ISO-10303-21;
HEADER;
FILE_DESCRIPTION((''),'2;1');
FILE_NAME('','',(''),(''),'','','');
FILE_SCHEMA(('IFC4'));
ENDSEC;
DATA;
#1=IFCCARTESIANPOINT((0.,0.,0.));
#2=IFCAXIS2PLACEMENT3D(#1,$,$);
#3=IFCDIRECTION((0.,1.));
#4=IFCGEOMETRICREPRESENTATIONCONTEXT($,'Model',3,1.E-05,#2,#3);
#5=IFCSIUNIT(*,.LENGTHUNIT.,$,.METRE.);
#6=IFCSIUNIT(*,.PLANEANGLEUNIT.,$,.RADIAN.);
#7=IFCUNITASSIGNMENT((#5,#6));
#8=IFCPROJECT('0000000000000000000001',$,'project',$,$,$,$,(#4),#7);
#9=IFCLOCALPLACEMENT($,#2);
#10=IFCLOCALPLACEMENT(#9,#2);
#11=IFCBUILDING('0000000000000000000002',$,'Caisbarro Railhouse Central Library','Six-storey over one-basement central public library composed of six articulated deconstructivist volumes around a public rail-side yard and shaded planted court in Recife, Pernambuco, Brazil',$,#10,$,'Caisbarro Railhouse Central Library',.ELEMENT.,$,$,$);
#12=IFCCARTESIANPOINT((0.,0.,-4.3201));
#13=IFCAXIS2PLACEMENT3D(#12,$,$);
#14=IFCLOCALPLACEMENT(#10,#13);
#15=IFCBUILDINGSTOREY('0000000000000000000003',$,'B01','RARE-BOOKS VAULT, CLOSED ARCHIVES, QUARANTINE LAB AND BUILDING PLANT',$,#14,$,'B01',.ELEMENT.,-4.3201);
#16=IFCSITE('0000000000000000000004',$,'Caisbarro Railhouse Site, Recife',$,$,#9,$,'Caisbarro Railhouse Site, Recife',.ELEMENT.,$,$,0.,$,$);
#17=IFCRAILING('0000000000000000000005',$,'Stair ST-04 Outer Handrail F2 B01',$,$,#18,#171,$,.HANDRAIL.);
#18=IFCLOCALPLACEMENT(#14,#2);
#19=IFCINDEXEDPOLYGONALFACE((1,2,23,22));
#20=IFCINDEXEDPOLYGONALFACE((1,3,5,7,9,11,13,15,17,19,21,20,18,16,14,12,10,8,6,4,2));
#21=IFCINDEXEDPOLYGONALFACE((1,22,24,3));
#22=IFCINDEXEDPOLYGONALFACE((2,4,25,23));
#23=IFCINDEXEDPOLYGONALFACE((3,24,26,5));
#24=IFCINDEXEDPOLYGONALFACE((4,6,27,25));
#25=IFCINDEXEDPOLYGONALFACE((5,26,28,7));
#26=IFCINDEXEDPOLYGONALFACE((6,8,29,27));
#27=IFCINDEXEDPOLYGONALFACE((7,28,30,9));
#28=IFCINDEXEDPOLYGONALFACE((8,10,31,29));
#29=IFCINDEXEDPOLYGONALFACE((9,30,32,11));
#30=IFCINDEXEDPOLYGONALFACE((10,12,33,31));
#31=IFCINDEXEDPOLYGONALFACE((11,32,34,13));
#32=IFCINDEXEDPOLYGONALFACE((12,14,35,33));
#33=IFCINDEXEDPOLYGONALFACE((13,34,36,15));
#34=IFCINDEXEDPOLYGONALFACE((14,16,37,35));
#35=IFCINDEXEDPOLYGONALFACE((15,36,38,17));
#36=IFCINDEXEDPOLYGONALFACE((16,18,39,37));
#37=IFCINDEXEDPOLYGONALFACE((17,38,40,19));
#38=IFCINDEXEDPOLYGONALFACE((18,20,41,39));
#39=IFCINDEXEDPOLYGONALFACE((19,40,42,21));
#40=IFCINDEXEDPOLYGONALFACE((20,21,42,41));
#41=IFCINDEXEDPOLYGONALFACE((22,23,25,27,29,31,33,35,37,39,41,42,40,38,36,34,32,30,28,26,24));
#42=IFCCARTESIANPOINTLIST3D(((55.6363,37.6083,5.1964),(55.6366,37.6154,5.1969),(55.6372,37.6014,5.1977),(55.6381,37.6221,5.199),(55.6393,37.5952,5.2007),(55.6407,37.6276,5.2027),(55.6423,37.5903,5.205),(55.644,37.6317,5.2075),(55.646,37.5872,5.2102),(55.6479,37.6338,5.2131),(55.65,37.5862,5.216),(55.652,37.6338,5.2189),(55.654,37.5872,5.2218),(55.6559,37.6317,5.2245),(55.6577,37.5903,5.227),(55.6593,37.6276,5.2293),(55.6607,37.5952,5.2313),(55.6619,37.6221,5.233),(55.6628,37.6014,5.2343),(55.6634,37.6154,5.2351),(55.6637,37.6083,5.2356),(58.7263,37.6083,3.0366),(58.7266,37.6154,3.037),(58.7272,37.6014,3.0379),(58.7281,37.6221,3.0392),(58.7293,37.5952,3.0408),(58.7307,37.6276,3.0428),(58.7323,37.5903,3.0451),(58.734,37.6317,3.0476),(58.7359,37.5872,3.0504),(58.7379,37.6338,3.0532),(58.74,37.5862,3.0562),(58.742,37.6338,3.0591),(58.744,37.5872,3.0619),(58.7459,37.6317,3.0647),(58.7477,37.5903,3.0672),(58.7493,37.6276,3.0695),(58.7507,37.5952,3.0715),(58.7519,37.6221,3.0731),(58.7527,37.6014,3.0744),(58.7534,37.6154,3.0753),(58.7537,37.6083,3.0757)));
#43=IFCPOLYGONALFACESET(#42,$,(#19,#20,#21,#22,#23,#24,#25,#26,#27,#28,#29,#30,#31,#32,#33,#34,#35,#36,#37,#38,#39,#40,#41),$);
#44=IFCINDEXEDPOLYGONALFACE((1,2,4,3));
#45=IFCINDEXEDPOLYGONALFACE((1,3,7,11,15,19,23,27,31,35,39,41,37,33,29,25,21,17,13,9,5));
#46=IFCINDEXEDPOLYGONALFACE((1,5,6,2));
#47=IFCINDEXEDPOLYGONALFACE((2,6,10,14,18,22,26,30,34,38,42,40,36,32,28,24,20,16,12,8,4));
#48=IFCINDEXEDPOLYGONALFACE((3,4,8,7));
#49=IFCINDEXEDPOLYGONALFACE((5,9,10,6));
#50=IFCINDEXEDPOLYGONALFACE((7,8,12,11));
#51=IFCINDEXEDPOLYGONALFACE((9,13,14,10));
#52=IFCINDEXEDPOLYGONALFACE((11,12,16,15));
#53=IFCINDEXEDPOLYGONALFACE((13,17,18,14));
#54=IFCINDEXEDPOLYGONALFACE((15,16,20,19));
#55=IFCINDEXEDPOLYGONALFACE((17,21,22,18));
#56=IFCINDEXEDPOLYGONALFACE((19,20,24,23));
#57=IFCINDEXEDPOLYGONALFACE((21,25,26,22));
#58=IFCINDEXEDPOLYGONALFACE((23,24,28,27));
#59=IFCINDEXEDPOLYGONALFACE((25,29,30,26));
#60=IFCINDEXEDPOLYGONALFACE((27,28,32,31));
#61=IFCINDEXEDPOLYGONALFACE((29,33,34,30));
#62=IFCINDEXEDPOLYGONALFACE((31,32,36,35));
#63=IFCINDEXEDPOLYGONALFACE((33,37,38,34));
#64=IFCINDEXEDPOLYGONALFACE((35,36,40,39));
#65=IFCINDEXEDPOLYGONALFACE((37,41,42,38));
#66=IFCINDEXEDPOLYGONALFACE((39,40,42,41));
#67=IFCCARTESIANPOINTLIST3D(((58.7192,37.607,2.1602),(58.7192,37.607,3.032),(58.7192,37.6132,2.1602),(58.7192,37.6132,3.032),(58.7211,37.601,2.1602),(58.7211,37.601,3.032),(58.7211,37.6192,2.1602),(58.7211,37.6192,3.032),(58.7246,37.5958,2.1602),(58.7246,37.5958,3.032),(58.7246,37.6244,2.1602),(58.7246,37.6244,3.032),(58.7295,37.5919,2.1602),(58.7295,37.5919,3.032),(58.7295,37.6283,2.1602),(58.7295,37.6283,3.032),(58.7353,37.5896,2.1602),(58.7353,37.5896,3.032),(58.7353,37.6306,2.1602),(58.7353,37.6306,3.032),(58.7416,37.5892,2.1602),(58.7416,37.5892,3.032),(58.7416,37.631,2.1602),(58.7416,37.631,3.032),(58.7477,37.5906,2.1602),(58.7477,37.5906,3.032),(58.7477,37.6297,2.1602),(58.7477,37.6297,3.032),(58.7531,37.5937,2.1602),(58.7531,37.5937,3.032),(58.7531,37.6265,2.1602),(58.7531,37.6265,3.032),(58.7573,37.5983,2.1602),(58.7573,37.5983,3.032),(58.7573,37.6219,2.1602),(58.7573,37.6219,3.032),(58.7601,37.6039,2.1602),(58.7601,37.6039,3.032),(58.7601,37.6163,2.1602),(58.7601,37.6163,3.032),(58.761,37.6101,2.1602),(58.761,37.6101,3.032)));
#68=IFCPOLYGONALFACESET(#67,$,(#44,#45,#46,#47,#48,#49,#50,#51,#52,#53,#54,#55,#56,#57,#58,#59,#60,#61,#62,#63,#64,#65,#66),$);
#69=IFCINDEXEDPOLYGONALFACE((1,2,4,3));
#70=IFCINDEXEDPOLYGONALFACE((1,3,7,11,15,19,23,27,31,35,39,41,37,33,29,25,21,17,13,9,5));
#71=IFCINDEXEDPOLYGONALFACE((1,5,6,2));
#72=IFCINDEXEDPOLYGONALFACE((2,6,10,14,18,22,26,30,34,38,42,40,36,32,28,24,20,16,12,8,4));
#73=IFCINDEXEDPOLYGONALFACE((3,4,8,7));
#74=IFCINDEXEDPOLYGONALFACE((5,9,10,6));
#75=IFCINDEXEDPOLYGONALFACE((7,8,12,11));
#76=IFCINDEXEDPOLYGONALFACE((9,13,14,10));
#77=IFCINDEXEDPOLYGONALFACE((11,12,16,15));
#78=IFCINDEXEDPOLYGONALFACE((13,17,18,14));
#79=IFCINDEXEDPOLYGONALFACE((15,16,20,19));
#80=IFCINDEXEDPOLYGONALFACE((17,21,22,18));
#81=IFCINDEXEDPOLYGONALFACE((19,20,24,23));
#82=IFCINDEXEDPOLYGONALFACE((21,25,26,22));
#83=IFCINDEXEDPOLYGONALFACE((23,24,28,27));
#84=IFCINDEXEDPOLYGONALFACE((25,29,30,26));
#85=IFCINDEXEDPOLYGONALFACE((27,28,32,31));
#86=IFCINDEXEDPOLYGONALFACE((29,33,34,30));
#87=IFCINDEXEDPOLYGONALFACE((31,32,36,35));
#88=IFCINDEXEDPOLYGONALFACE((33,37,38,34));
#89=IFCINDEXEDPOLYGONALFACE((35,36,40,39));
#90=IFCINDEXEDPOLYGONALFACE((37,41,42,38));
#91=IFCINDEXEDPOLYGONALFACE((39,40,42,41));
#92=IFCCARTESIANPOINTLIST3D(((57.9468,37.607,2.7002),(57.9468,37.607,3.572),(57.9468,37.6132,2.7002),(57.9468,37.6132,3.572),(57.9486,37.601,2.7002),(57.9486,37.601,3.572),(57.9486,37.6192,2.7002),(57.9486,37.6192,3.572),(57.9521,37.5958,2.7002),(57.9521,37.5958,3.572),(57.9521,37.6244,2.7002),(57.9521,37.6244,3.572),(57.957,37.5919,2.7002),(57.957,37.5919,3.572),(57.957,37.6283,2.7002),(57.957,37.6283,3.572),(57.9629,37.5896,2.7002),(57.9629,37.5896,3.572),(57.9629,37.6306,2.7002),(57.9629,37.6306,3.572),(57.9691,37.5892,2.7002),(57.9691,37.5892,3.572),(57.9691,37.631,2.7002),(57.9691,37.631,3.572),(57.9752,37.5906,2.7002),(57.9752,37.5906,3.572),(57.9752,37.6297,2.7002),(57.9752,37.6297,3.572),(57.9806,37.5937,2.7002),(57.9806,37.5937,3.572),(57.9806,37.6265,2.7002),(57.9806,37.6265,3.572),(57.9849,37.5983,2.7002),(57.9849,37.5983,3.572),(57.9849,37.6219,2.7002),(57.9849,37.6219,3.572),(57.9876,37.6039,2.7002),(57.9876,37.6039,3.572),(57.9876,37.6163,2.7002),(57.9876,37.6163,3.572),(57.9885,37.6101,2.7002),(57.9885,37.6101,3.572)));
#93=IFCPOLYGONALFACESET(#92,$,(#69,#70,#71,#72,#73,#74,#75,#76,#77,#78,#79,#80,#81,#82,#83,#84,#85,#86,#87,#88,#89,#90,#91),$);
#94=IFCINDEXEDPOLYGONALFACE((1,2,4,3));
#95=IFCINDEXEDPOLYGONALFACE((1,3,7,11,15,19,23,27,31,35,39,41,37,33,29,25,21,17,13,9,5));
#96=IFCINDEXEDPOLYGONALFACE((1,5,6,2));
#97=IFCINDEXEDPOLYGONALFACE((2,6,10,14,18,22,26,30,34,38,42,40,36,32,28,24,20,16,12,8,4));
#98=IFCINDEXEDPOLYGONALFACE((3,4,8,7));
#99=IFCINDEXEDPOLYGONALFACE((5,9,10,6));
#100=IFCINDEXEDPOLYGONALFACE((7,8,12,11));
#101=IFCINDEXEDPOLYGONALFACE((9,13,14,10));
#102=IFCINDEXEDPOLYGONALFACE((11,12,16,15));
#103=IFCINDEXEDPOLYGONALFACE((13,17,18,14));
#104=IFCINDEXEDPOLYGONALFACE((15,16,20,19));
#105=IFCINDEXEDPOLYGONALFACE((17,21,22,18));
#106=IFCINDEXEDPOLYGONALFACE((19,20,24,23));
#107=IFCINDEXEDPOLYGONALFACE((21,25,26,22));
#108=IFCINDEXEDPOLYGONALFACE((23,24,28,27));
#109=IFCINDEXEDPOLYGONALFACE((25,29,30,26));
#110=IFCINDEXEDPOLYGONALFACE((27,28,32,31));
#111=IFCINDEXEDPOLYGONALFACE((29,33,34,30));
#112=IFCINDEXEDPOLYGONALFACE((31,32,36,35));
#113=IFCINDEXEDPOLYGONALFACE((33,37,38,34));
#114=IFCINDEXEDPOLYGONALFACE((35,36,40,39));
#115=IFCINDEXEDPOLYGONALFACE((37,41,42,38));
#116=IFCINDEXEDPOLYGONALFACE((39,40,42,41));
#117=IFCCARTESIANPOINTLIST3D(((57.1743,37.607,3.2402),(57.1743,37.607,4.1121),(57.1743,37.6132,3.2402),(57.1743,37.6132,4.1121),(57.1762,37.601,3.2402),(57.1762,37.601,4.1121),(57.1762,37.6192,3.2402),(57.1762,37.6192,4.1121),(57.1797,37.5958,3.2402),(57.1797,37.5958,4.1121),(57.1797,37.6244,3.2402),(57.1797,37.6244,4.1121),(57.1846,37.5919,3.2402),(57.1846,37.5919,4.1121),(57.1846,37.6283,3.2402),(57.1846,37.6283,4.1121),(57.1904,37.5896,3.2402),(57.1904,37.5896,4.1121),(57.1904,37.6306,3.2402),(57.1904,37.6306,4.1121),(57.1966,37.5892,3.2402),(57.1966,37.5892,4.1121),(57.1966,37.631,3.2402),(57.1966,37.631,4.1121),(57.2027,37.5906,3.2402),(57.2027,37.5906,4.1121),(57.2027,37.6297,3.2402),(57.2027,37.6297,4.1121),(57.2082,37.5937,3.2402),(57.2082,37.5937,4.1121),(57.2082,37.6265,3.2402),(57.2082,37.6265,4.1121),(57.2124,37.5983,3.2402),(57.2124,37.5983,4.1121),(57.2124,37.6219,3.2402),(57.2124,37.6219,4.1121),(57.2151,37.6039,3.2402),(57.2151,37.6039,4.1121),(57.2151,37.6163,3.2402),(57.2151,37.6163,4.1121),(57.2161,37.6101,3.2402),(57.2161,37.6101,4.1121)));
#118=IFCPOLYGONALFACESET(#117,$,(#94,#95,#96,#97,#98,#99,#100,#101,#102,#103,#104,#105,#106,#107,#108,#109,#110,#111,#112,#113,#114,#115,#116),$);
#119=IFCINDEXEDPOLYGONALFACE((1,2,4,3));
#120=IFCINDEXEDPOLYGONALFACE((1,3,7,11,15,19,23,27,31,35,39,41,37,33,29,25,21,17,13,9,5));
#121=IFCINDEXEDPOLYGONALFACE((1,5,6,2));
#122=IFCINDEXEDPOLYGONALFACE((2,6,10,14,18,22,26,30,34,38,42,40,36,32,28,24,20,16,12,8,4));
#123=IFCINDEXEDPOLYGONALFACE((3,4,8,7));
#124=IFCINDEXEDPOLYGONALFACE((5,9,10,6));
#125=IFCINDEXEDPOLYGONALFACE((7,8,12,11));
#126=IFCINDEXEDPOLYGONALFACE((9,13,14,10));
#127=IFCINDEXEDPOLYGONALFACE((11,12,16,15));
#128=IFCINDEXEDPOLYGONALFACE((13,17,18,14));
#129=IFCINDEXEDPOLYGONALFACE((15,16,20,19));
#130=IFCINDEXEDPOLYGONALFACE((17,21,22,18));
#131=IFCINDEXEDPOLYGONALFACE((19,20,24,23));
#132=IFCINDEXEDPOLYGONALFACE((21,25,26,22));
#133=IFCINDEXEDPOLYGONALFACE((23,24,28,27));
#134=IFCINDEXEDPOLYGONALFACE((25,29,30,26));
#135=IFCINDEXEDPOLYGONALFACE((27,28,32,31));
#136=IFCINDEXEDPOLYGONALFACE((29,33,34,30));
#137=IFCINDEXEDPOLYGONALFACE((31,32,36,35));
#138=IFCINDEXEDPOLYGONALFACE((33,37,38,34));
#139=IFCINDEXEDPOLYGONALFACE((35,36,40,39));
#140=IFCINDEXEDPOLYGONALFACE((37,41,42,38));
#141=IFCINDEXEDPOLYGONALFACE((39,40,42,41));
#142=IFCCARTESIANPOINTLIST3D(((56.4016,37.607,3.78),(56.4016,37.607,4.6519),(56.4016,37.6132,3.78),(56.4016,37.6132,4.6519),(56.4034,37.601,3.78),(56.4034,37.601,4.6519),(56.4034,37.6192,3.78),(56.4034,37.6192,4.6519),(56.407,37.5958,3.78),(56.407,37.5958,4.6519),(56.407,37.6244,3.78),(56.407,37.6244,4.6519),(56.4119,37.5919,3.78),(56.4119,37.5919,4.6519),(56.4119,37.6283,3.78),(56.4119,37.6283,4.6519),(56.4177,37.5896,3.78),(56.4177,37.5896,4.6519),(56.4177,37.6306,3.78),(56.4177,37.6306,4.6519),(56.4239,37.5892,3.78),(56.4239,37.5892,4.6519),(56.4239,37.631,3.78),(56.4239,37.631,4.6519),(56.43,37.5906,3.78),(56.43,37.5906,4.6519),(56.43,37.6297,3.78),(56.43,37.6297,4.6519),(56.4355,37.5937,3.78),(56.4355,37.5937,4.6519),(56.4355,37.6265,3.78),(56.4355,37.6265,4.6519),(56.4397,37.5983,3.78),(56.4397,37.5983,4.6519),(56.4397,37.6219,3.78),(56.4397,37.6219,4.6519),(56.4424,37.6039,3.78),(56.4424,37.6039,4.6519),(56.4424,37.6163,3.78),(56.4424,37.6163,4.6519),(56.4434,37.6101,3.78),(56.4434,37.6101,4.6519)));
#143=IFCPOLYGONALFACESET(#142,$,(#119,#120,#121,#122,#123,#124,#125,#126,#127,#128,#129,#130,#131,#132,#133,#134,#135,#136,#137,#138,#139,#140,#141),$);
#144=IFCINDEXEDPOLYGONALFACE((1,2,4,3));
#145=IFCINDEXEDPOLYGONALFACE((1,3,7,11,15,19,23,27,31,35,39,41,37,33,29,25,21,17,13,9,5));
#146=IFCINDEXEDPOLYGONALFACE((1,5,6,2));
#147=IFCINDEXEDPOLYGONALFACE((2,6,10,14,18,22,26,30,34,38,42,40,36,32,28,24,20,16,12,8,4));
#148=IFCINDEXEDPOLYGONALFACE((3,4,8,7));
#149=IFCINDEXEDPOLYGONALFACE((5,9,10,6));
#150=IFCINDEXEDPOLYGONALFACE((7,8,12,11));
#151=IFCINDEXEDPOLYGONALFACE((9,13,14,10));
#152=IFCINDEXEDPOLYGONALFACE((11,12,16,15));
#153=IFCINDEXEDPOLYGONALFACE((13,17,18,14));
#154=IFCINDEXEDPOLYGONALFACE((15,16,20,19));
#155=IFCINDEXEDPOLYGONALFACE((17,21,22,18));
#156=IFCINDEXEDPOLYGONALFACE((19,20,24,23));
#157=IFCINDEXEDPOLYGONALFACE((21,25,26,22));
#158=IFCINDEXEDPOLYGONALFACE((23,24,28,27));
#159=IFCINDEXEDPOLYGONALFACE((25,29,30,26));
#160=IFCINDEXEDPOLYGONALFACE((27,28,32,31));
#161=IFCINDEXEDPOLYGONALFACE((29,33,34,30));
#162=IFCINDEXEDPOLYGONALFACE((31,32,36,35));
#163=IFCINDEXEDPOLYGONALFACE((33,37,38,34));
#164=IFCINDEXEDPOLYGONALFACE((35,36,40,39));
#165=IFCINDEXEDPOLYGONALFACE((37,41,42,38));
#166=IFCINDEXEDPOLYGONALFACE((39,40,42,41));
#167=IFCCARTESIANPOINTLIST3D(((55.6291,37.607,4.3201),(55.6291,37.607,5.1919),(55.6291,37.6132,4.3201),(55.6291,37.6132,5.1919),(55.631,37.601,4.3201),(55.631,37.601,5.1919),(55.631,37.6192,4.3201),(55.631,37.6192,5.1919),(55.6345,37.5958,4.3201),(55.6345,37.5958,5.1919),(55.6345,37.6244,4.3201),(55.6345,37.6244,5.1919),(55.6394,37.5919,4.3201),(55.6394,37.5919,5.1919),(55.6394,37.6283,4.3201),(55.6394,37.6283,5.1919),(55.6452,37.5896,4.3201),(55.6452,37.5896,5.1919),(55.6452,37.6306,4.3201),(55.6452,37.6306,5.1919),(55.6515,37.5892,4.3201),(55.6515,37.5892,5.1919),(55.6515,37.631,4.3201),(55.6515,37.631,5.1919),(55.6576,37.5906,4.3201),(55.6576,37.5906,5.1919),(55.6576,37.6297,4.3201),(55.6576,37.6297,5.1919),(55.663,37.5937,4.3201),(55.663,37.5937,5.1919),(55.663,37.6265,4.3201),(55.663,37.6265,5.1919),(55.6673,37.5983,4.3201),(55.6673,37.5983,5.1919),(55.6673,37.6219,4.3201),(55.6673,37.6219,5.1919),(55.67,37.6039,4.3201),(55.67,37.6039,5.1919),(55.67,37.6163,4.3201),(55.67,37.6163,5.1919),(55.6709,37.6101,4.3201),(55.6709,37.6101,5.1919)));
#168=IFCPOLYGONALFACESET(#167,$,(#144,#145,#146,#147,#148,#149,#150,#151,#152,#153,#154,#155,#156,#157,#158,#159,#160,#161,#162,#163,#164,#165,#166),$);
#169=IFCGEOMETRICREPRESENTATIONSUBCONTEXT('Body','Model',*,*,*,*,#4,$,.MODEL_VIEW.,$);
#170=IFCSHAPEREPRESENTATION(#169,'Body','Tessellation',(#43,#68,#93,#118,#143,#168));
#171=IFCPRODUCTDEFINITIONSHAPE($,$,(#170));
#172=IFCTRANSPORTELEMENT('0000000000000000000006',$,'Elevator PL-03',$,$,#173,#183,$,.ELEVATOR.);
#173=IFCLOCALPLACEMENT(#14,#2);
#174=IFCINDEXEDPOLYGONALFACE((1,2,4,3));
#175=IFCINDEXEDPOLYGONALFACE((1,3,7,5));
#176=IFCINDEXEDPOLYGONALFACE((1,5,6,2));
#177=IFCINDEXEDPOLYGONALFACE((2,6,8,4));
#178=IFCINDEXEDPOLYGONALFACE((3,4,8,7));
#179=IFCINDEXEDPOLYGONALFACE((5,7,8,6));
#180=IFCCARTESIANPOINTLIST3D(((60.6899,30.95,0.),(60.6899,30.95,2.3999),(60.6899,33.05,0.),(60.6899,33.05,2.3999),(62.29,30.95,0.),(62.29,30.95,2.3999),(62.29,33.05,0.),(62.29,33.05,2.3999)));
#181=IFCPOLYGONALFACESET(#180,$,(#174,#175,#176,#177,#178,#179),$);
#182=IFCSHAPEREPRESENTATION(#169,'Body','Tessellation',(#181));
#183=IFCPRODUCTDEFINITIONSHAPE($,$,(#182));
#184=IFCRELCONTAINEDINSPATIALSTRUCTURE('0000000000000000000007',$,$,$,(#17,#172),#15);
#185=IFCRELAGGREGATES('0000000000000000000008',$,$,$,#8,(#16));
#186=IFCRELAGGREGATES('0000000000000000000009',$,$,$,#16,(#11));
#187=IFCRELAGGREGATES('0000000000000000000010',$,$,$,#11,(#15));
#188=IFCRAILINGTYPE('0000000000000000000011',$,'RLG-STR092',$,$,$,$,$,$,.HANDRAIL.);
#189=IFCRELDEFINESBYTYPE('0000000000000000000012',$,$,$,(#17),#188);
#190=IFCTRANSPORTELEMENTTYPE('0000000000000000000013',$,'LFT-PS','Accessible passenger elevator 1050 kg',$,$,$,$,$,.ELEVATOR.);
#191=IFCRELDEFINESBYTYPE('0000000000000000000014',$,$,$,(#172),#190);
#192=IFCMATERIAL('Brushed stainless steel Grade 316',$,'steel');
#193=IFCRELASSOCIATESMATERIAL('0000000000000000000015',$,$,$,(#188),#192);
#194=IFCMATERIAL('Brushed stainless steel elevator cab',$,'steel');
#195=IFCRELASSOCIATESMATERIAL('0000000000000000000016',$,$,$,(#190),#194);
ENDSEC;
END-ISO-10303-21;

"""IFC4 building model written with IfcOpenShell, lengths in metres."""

from ifc_helpers import new_model, si_unit, direction, frame, origin, origin_2d, place, context, subcontext, project, spatial, rectangle, circle, extrude, material, type_object, element, save


model = new_model("IFC4")

# Units and contexts
model_context = context("Model", 3, precision=1e-05, world=origin(), true_north=direction((0.0, 1.0)))
body_context = subcontext(model_context, "Body", "Model", "MODEL_VIEW")
ifc_project = project(units=[si_unit("LENGTHUNIT", "METRE"), si_unit("PLANEANGLEUNIT", "RADIAN")], contexts=[model_context])

# Site, building, storey
site_placement = place(None, origin())
site = spatial("IfcSite", under=ifc_project, at=site_placement, Name="Caisbarro Railhouse Site, Recife", LongName="Caisbarro Railhouse Site, Recife", CompositionType="ELEMENT", RefElevation=0.0)
building_placement = place(site_placement, origin())
building = spatial("IfcBuilding", under=site, at=building_placement, Name="Caisbarro Railhouse Central Library", Description="Six-storey over one-basement central public library composed of six articulated deconstructivist volumes around a public rail-side yard and shaded planted court in Recife, Pernambuco, Brazil", LongName="Caisbarro Railhouse Central Library", CompositionType="ELEMENT")
storey_placement = place(building_placement, frame((0.0, 0.0, -4.3201)))
storey = spatial("IfcBuildingStorey", under=building, at=storey_placement, Name="B01", Description="RARE-BOOKS VAULT, CLOSED ARCHIVES, QUARANTINE LAB AND BUILDING PLANT", LongName="B01", CompositionType="ELEMENT", Elevation=-4.3201)

# Shared definitions
ifc_material_1 = material(Name="Brushed stainless steel elevator cab", Category="steel")

# Railing
ifc_material_2 = material(Name="Brushed stainless steel Grade 316", Category="steel")
railing_type_1 = type_object("IfcRailingType", Name="RLG-STR092", PredefinedType="HANDRAIL", material=ifc_material_2)
railing_1_placement = place(storey_placement, frame((58.74, 37.6101, 2.1602)))
element("IfcRailing", 1, at=railing_1_placement, inside=storey, type_object=railing_type_1, Name="Stair ST-04 Outer Handrail F2 B01", PredefinedType="HANDRAIL", context=body_context, shape_type="SweptSolid", body=[
    extrude(circle(Radius=0.0239, at=origin_2d()), frame((0.0, 0.0, 0.896), z_axis=(-0.819624, 0.0, 0.572902), x_axis=(0.0, -1.0, 0.0)), (0.0, 0.0, 1.0), 3.77),
    extrude(circle(Radius=0.021, at=origin_2d()), origin(), (0.0, 0.0, 1.0), 0.8718),
    extrude(circle(Radius=0.021, at=origin_2d()), frame((-0.7725, 0.0, 0.54)), (0.0, 0.0, 1.0), 0.8718),
    extrude(circle(Radius=0.021, at=origin_2d()), frame((-1.5449, 0.0, 1.0801)), (0.0, 0.0, 1.0), 0.8718),
    extrude(circle(Radius=0.021, at=origin_2d()), frame((-2.3176, 0.0, 1.6199)), (0.0, 0.0, 1.0), 0.8718),
    extrude(circle(Radius=0.021, at=origin_2d()), frame((-3.0901, 0.0, 2.1599)), (0.0, 0.0, 1.0), 0.8718),
])

# Transport element
transport_element_type = type_object("IfcTransportElementType", Name="LFT-PS", Description="Accessible passenger elevator 1050 kg", PredefinedType="ELEVATOR", material=ifc_material_1)
transport_element_placement = place(storey_placement, frame((61.49, 32.0, 0.0), z_axis=(0.0, 0.0, 1.0), x_axis=(1.0, 0.0, 0.0)))
element("IfcTransportElement", 2, at=transport_element_placement, inside=storey, type_object=transport_element_type, Name="Elevator PL-03", PredefinedType="ELEVATOR", context=body_context, shape_type="SweptSolid", body=[
    extrude(rectangle(XDim=1.6001, YDim=2.1001, at=origin_2d()), origin(), (0.0, 0.0, 1.0), 2.3999),
])

save(model, "model.ifc")
